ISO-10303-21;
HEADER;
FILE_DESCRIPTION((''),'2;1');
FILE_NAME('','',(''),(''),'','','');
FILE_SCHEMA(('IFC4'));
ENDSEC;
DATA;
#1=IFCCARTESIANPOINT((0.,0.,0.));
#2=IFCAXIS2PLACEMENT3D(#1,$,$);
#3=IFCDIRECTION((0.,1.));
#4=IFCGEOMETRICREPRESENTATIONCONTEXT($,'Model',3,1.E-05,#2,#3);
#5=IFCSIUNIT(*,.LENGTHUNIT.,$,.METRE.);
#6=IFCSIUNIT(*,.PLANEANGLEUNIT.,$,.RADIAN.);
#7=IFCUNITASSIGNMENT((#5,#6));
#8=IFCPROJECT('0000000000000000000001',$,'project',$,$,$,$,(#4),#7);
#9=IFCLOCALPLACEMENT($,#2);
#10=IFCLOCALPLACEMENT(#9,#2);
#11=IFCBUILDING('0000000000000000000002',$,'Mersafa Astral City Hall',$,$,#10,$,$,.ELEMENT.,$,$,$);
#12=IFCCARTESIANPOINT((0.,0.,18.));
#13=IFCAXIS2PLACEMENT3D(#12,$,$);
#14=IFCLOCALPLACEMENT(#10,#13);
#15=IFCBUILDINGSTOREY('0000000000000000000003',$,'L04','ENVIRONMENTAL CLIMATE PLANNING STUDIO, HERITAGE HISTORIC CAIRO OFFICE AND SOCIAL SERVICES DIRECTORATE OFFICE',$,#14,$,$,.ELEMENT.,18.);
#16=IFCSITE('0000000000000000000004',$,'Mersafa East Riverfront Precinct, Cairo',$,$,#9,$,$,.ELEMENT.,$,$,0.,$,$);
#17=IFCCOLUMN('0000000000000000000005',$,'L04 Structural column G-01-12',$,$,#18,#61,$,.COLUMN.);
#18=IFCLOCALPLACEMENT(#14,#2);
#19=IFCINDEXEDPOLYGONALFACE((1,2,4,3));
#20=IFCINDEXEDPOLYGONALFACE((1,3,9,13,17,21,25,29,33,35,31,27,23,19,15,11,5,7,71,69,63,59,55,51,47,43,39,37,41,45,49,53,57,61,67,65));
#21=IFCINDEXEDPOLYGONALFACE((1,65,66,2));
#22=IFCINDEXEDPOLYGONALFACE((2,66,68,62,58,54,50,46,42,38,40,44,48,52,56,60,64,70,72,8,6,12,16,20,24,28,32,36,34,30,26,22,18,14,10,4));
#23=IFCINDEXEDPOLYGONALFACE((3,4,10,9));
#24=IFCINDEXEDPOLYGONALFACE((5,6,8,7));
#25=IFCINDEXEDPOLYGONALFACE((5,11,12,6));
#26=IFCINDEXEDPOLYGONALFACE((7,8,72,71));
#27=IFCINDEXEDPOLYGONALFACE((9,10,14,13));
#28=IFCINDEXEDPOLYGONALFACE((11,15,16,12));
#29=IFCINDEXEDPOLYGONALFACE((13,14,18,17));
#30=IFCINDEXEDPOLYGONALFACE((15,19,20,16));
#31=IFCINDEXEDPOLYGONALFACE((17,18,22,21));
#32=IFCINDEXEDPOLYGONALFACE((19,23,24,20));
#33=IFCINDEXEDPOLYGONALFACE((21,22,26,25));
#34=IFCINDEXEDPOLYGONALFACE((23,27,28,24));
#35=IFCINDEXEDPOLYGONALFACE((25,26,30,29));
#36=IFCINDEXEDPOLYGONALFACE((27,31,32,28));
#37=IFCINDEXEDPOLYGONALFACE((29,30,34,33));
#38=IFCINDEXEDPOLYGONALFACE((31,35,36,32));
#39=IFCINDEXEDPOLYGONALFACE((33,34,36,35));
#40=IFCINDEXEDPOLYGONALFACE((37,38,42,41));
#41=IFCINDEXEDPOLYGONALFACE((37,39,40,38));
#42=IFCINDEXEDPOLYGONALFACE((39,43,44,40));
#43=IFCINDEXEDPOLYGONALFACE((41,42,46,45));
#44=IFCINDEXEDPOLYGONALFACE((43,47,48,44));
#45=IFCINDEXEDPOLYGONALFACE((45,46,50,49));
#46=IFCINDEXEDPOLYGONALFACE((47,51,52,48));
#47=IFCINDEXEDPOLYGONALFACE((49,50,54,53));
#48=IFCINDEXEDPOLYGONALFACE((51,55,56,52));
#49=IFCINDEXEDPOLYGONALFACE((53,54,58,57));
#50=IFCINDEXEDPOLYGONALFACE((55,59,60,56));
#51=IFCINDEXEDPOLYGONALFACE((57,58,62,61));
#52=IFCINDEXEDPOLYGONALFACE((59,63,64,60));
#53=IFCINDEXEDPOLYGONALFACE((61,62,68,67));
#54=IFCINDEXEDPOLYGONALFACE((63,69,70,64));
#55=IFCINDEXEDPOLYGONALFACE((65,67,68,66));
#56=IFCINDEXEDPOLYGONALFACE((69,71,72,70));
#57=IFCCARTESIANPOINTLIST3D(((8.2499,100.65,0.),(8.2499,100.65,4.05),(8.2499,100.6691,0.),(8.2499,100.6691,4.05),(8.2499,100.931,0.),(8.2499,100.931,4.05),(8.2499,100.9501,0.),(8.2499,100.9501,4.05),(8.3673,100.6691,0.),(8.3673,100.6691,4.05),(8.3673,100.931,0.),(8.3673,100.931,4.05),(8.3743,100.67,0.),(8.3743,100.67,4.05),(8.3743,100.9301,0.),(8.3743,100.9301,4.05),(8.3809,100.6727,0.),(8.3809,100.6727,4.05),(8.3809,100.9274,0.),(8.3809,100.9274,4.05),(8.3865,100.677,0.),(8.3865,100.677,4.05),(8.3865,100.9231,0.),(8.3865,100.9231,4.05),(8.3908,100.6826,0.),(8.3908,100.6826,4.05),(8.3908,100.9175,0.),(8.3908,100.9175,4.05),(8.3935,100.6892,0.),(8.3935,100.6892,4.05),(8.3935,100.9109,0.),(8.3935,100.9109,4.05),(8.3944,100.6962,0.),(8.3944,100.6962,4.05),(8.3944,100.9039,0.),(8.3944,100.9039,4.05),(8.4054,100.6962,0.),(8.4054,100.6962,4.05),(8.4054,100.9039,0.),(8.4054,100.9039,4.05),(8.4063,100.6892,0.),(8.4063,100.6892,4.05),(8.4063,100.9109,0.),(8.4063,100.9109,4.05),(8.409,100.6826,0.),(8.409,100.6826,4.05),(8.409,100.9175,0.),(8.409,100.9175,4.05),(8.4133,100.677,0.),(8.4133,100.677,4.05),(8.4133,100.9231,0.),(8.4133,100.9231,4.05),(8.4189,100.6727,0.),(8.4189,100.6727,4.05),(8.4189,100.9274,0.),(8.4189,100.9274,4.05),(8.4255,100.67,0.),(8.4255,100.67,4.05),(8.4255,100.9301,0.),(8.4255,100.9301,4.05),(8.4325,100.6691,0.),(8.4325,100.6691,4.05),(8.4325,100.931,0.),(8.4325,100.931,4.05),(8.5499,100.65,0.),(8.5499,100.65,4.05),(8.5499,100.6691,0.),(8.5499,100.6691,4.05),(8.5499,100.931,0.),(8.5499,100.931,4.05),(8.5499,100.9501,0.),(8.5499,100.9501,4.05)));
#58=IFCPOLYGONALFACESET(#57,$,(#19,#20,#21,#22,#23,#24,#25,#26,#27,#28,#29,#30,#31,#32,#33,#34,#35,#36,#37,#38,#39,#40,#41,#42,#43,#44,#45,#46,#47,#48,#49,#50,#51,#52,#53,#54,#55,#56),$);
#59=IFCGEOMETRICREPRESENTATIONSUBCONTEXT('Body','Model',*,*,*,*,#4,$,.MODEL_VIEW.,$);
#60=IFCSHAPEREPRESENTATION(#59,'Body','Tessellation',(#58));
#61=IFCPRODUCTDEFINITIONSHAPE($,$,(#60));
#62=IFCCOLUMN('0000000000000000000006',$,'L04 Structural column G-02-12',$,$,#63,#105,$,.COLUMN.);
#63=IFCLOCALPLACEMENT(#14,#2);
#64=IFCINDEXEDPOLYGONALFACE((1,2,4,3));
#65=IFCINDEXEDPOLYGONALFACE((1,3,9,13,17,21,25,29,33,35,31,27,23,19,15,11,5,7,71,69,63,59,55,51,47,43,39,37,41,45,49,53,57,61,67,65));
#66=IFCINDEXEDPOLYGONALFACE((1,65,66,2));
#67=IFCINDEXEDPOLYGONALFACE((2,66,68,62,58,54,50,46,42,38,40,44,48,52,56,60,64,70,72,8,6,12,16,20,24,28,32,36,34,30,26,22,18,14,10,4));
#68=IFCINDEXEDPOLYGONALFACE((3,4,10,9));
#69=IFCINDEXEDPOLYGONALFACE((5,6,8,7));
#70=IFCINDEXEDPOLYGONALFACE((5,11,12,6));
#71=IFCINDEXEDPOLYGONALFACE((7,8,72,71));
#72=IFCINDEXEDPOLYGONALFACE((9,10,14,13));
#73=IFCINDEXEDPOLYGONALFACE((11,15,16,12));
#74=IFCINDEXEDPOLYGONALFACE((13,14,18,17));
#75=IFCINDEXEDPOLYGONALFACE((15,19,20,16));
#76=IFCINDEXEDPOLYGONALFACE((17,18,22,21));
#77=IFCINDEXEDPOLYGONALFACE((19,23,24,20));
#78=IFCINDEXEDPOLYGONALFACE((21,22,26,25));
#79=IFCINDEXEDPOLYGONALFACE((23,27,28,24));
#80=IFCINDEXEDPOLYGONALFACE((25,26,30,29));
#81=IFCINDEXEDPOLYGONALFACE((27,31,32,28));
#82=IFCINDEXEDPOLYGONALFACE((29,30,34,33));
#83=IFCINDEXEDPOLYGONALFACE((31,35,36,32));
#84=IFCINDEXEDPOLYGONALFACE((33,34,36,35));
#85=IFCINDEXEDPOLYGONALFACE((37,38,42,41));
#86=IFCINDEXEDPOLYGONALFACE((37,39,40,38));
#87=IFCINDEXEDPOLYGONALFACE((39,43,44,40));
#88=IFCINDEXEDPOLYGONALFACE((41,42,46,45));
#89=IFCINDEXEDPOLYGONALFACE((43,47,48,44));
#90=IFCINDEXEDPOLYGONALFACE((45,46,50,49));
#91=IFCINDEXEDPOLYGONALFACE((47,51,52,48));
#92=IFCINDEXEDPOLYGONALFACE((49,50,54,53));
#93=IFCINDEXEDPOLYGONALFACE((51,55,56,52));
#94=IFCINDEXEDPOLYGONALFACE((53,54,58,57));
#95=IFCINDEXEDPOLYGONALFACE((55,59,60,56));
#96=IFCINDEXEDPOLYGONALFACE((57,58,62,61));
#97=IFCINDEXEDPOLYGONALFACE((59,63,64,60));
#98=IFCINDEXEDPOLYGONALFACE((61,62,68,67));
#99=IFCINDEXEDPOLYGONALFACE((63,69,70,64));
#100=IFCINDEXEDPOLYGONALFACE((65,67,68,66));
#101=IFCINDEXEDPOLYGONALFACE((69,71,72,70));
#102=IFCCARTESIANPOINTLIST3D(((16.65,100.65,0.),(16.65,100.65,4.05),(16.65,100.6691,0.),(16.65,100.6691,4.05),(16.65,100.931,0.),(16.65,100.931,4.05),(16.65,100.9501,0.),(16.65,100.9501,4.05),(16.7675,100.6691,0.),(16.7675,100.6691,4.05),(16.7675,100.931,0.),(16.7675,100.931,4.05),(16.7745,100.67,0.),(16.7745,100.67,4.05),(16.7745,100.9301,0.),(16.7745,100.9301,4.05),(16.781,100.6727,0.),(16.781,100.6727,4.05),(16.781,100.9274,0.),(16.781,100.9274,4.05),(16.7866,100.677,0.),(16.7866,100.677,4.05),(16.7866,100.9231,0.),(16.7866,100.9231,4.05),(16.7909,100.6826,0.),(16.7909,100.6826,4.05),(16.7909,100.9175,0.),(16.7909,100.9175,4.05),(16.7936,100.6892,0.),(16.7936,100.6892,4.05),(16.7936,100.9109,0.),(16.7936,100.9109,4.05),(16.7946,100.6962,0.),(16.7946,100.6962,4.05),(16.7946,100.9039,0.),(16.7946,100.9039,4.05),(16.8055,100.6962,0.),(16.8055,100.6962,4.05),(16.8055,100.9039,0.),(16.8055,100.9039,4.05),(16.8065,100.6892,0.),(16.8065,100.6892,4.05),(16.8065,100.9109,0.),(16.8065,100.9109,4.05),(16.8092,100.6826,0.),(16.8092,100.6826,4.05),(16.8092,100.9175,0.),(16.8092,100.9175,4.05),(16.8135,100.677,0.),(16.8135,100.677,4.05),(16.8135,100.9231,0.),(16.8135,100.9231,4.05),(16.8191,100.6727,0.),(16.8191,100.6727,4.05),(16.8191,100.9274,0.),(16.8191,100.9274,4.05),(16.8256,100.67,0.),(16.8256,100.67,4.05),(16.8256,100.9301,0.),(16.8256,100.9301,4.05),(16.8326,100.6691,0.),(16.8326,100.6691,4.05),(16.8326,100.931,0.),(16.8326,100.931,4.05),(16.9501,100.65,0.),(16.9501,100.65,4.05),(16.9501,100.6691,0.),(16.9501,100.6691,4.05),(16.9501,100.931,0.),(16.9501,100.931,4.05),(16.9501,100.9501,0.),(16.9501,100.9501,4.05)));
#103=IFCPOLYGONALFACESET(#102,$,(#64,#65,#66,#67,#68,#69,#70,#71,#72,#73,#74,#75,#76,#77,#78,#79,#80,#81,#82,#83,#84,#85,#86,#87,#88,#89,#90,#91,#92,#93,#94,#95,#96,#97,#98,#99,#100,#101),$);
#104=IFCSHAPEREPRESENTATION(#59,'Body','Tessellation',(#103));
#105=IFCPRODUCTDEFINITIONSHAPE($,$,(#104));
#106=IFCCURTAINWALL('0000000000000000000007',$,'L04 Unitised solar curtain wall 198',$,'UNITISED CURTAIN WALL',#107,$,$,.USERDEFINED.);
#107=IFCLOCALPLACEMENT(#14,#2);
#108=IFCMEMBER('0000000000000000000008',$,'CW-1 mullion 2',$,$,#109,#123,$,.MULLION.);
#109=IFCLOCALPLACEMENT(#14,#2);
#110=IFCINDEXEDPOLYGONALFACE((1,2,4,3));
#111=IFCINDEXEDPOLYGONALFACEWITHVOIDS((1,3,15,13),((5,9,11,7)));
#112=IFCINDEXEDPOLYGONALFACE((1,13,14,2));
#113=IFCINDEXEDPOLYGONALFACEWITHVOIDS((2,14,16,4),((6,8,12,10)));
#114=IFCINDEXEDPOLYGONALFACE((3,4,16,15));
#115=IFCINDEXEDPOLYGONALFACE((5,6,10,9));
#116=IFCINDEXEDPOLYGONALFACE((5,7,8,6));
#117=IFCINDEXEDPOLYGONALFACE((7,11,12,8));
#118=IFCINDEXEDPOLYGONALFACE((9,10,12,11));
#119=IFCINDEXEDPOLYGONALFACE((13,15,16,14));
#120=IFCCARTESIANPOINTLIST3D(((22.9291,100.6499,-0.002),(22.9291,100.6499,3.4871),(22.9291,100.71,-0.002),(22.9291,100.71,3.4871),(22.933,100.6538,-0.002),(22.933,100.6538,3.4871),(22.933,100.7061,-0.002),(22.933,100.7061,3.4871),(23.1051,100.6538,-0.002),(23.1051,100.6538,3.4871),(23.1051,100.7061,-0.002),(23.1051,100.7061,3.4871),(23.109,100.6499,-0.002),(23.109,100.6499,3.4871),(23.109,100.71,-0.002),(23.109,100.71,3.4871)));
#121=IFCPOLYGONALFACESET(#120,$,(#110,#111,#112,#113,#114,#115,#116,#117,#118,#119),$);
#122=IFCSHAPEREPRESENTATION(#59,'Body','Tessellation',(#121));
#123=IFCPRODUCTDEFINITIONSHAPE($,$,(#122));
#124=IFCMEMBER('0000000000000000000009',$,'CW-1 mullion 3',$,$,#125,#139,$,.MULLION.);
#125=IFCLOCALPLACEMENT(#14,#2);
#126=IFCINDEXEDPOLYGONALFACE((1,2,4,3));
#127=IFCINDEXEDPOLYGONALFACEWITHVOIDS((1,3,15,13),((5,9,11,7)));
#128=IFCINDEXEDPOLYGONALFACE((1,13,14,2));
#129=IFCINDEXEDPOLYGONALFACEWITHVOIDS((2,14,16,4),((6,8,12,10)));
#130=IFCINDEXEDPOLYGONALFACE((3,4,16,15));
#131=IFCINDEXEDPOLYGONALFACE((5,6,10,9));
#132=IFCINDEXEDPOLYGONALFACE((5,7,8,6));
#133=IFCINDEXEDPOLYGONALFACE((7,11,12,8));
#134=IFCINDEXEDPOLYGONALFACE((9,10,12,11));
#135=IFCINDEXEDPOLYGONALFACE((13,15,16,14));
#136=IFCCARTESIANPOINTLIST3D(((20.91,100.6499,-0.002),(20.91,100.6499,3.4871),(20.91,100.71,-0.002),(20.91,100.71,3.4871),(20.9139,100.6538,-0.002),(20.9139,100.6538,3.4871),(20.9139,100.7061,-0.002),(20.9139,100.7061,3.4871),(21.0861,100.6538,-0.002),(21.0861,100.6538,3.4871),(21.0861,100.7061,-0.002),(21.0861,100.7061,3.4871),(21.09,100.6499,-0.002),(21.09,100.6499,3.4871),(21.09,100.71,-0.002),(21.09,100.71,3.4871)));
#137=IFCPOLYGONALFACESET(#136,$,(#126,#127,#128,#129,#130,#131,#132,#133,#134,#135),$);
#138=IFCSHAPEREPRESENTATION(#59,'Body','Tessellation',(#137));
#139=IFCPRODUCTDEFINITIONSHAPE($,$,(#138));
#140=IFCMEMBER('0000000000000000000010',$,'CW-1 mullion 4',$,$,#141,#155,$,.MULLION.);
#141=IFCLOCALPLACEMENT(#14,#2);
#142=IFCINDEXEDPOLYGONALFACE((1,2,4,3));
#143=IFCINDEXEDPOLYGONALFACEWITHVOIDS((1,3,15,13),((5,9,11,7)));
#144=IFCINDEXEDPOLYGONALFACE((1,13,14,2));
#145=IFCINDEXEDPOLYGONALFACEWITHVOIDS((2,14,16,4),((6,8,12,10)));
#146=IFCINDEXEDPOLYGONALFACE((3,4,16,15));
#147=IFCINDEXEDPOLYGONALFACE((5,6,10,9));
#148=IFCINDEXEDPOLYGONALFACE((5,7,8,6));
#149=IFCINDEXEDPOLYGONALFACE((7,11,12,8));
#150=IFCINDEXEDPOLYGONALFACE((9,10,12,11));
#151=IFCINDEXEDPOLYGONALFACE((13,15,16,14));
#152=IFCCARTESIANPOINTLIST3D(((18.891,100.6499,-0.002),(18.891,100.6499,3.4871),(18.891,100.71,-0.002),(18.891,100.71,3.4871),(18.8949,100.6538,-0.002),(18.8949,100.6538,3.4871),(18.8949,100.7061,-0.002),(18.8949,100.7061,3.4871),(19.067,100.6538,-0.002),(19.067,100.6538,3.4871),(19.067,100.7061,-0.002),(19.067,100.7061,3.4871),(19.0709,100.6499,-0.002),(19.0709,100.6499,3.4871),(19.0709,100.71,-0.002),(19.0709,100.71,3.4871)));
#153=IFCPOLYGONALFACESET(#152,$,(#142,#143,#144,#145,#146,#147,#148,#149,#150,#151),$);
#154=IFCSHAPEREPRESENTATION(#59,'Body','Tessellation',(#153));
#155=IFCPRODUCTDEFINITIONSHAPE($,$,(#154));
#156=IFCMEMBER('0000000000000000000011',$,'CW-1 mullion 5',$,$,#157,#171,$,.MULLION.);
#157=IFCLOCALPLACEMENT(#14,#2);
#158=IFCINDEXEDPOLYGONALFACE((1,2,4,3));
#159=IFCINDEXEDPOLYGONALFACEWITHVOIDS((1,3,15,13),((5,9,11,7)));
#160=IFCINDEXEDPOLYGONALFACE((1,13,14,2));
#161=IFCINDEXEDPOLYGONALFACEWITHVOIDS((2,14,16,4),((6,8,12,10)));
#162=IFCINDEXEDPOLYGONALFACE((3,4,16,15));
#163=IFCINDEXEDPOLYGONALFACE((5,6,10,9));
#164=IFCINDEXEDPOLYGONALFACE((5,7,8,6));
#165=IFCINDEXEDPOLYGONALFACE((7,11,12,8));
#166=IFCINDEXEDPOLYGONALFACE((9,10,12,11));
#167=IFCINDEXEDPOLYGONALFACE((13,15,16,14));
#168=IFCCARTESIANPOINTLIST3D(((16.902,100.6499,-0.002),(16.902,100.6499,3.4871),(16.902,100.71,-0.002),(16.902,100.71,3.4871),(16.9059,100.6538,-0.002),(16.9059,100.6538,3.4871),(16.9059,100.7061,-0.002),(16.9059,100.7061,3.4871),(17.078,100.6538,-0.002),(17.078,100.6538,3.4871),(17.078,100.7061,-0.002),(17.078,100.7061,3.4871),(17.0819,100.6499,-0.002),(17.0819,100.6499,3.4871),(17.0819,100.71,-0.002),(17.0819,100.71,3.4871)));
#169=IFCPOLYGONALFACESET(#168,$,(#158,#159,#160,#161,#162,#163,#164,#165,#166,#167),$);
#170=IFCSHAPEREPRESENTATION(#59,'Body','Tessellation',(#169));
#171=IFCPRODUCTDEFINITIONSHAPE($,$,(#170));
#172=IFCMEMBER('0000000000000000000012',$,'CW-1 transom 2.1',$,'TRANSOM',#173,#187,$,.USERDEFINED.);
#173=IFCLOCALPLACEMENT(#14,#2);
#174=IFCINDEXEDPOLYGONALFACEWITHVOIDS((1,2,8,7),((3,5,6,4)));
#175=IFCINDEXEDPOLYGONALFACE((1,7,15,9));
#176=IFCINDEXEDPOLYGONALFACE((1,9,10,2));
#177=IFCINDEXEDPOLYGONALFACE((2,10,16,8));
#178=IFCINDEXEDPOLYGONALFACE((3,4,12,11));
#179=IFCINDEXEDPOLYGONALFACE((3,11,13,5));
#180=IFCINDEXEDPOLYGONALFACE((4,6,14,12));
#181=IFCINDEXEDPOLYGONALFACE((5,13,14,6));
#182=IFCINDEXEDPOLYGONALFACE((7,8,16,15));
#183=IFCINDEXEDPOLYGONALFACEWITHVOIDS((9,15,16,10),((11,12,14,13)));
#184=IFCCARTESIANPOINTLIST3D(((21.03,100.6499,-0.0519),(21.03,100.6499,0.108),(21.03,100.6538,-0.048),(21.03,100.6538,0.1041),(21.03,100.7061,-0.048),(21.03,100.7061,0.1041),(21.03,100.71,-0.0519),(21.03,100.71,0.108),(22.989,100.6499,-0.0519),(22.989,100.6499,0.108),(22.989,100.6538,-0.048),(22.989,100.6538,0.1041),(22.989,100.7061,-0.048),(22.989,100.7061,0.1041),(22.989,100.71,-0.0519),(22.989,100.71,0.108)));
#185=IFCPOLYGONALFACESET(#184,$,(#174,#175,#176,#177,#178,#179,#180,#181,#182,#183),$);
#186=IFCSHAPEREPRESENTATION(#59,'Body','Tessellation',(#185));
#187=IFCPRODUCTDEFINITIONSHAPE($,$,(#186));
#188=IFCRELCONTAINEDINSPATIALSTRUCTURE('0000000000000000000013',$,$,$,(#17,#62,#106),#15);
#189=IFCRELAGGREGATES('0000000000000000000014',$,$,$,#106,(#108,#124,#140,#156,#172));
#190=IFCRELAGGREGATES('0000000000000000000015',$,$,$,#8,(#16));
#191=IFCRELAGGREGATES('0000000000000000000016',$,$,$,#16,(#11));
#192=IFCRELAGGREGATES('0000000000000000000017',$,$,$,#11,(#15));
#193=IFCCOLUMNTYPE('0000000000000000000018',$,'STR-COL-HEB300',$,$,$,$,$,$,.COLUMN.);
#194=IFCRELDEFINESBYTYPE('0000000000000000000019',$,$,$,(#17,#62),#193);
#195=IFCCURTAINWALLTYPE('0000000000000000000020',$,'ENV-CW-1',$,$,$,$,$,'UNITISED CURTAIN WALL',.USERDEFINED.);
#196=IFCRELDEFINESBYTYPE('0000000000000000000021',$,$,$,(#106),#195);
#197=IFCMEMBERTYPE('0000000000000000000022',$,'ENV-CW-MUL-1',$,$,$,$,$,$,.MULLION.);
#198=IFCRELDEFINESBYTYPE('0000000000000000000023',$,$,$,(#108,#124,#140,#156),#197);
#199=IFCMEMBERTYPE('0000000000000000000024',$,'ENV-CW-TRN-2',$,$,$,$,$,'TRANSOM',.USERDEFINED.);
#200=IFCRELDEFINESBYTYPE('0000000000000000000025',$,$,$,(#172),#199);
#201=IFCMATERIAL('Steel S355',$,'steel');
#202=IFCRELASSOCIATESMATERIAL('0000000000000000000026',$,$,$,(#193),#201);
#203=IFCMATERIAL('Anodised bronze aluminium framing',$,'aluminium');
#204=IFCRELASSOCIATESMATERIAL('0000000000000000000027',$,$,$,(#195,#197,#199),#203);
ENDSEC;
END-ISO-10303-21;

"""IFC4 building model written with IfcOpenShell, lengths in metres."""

from ifc_helpers import new_model, si_unit, direction, frame, origin, origin_2d, place, context, subcontext, project, spatial, hollow_rectangle, i_section, extrude, material, material_profile, profile_set, type_object, element, aggregate, save


model = new_model("IFC4")

# Units and contexts
model_context = context("Model", 3, precision=1e-05, world=origin(), true_north=direction((0.0, 1.0)))
body_context = subcontext(model_context, "Body", "Model", "MODEL_VIEW")
ifc_project = project(units=[si_unit("LENGTHUNIT", "METRE"), si_unit("PLANEANGLEUNIT", "RADIAN")], contexts=[model_context])

# Site, building, storey
site_placement = place(None, origin())
site = spatial("IfcSite", under=ifc_project, at=site_placement, Name="Mersafa East Riverfront Precinct, Cairo", CompositionType="ELEMENT", RefElevation=0.0)
building_placement = place(site_placement, origin())
building = spatial("IfcBuilding", under=site, at=building_placement, Name="Mersafa Astral City Hall", CompositionType="ELEMENT")
storey_placement = place(building_placement, frame((0.0, 0.0, 18.0)))
storey = spatial("IfcBuildingStorey", under=building, at=storey_placement, Name="L04", Description="ENVIRONMENTAL CLIMATE PLANNING STUDIO, HERITAGE HISTORIC CAIRO OFFICE AND SOCIAL SERVICES DIRECTORATE OFFICE", CompositionType="ELEMENT", Elevation=18.0)

# Columns
ifc_material_1 = material(Name="Steel S355", Category="steel")
ifc_material_profile_1 = material_profile(ifc_material_1, i_section(OverallWidth=0.3, OverallDepth=0.3, WebThickness=0.011, FlangeThickness=0.019, FilletRadius=0.0271, at=origin_2d()), Name="HEB 300")
ifc_profile_set_1 = profile_set([ifc_material_profile_1], Name="Steel S355")
column_type = type_object("IfcColumnType", Name="STR-COL-HEB300", PredefinedType="COLUMN", material=ifc_profile_set_1)
for number, where, z_axis, x_axis, name in (
    (1, (8.3999, 100.8, 0.0), (0.0, 0.0, 1.0), (1.0, 0.0, 0.0), "L04 Structural column G-01-12"),
    (2, (16.8, 100.8, 0.0), (0.0, 0.0, 1.0), (1.0, 0.0, 0.0), "L04 Structural column G-02-12"),
):
    element("IfcColumn", number, at=place(storey_placement, frame(where, z_axis=z_axis, x_axis=x_axis)), inside=storey, type_object=column_type, Name=name, PredefinedType="COLUMN", context=body_context, shape_type="SweptSolid", body=[
        extrude(i_section(OverallWidth=0.3, OverallDepth=0.3, WebThickness=0.011, FlangeThickness=0.019, FilletRadius=0.0271, at=origin_2d()), origin(), (0.0, 0.0, 1.0), 4.05),
    ])

# Curtain wall, members
ifc_material_2 = material(Name="Anodised bronze aluminium framing", Category="aluminium")
curtain_wall_type = type_object("IfcCurtainWallType", Name="ENV-CW-1", ElementType="UNITISED CURTAIN WALL", PredefinedType="USERDEFINED", material=ifc_material_2)
curtain_wall_placement = place(storey_placement, origin())
curtain_wall = element("IfcCurtainWall", 3, at=curtain_wall_placement, inside=storey, type_object=curtain_wall_type, Name="L04 Unitised solar curtain wall 198", ObjectType="UNITISED CURTAIN WALL", PredefinedType="USERDEFINED")
ifc_material_profile_2 = material_profile(ifc_material_2, hollow_rectangle(XDim=0.0601, YDim=0.1799, WallThickness=0.0039, at=origin_2d()), Name="RHS 60x180x4")
ifc_profile_set_2 = profile_set([ifc_material_profile_2], Name="Anodised bronze aluminium framing")
member_type_1 = type_object("IfcMemberType", Name="ENV-CW-MUL-1", PredefinedType="MULLION", material=ifc_profile_set_2)
member_1_placement = place(storey_placement, frame((23.019, 100.6799, -0.002), z_axis=(0.0, 0.0, 1.0), x_axis=(0.0, -1.0, 0.0)))
member_1 = element("IfcMember", 4, at=member_1_placement, type_object=member_type_1, Name="CW-1 mullion 2", PredefinedType="MULLION", context=body_context, shape_type="SweptSolid", body=[
    extrude(hollow_rectangle(XDim=0.0601, YDim=0.1799, WallThickness=0.0039, at=origin_2d()), origin(), (0.0, 0.0, 1.0), 3.489),
])
member_2_placement = place(storey_placement, frame((21.0, 100.6799, -0.002), z_axis=(0.0, 0.0, 1.0), x_axis=(0.0, -1.0, 0.0)))
member_2 = element("IfcMember", 5, at=member_2_placement, type_object=member_type_1, Name="CW-1 mullion 3", PredefinedType="MULLION", context=body_context, shape_type="SweptSolid", body=[
    extrude(hollow_rectangle(XDim=0.0601, YDim=0.1799, WallThickness=0.0039, at=origin_2d()), origin(), (0.0, 0.0, 1.0), 3.489),
])
member_3_placement = place(storey_placement, frame((18.981, 100.6799, -0.002), z_axis=(0.0, 0.0, 1.0), x_axis=(0.0, -1.0, 0.0)))
member_3 = element("IfcMember", 6, at=member_3_placement, type_object=member_type_1, Name="CW-1 mullion 4", PredefinedType="MULLION", context=body_context, shape_type="SweptSolid", body=[
    extrude(hollow_rectangle(XDim=0.0601, YDim=0.1799, WallThickness=0.0039, at=origin_2d()), origin(), (0.0, 0.0, 1.0), 3.489),
])
member_4_placement = place(storey_placement, frame((16.9919, 100.6799, -0.002), z_axis=(0.0, 0.0, 1.0), x_axis=(0.0, -1.0, 0.0)))
member_4 = element("IfcMember", 7, at=member_4_placement, type_object=member_type_1, Name="CW-1 mullion 5", PredefinedType="MULLION", context=body_context, shape_type="SweptSolid", body=[
    extrude(hollow_rectangle(XDim=0.0601, YDim=0.1799, WallThickness=0.0039, at=origin_2d()), origin(), (0.0, 0.0, 1.0), 3.489),
])
ifc_material_profile_3 = material_profile(ifc_material_2, hollow_rectangle(XDim=0.0601, YDim=0.1599, WallThickness=0.0039, at=origin_2d()), Name="RHS 60x160x4")
ifc_profile_set_3 = profile_set([ifc_material_profile_3], Name="Anodised bronze aluminium framing")
member_type_2 = type_object("IfcMemberType", Name="ENV-CW-TRN-2", ElementType="TRANSOM", PredefinedType="USERDEFINED", material=ifc_profile_set_3)
member_5_placement = place(storey_placement, frame((22.989, 100.6799, 0.0281), z_axis=(-1.0, 0.0, 0.0), x_axis=(0.0, -1.0, 0.0)))
member_5 = element("IfcMember", 8, at=member_5_placement, type_object=member_type_2, Name="CW-1 transom 2.1", ObjectType="TRANSOM", PredefinedType="USERDEFINED", context=body_context, shape_type="SweptSolid", body=[
    extrude(hollow_rectangle(XDim=0.0601, YDim=0.1599, WallThickness=0.0039, at=origin_2d()), origin(), (0.0, 0.0, 1.0), 1.959),
])

aggregate(curtain_wall, [member_1, member_2, member_3, member_4, member_5])

save(model, "model.ifc")
